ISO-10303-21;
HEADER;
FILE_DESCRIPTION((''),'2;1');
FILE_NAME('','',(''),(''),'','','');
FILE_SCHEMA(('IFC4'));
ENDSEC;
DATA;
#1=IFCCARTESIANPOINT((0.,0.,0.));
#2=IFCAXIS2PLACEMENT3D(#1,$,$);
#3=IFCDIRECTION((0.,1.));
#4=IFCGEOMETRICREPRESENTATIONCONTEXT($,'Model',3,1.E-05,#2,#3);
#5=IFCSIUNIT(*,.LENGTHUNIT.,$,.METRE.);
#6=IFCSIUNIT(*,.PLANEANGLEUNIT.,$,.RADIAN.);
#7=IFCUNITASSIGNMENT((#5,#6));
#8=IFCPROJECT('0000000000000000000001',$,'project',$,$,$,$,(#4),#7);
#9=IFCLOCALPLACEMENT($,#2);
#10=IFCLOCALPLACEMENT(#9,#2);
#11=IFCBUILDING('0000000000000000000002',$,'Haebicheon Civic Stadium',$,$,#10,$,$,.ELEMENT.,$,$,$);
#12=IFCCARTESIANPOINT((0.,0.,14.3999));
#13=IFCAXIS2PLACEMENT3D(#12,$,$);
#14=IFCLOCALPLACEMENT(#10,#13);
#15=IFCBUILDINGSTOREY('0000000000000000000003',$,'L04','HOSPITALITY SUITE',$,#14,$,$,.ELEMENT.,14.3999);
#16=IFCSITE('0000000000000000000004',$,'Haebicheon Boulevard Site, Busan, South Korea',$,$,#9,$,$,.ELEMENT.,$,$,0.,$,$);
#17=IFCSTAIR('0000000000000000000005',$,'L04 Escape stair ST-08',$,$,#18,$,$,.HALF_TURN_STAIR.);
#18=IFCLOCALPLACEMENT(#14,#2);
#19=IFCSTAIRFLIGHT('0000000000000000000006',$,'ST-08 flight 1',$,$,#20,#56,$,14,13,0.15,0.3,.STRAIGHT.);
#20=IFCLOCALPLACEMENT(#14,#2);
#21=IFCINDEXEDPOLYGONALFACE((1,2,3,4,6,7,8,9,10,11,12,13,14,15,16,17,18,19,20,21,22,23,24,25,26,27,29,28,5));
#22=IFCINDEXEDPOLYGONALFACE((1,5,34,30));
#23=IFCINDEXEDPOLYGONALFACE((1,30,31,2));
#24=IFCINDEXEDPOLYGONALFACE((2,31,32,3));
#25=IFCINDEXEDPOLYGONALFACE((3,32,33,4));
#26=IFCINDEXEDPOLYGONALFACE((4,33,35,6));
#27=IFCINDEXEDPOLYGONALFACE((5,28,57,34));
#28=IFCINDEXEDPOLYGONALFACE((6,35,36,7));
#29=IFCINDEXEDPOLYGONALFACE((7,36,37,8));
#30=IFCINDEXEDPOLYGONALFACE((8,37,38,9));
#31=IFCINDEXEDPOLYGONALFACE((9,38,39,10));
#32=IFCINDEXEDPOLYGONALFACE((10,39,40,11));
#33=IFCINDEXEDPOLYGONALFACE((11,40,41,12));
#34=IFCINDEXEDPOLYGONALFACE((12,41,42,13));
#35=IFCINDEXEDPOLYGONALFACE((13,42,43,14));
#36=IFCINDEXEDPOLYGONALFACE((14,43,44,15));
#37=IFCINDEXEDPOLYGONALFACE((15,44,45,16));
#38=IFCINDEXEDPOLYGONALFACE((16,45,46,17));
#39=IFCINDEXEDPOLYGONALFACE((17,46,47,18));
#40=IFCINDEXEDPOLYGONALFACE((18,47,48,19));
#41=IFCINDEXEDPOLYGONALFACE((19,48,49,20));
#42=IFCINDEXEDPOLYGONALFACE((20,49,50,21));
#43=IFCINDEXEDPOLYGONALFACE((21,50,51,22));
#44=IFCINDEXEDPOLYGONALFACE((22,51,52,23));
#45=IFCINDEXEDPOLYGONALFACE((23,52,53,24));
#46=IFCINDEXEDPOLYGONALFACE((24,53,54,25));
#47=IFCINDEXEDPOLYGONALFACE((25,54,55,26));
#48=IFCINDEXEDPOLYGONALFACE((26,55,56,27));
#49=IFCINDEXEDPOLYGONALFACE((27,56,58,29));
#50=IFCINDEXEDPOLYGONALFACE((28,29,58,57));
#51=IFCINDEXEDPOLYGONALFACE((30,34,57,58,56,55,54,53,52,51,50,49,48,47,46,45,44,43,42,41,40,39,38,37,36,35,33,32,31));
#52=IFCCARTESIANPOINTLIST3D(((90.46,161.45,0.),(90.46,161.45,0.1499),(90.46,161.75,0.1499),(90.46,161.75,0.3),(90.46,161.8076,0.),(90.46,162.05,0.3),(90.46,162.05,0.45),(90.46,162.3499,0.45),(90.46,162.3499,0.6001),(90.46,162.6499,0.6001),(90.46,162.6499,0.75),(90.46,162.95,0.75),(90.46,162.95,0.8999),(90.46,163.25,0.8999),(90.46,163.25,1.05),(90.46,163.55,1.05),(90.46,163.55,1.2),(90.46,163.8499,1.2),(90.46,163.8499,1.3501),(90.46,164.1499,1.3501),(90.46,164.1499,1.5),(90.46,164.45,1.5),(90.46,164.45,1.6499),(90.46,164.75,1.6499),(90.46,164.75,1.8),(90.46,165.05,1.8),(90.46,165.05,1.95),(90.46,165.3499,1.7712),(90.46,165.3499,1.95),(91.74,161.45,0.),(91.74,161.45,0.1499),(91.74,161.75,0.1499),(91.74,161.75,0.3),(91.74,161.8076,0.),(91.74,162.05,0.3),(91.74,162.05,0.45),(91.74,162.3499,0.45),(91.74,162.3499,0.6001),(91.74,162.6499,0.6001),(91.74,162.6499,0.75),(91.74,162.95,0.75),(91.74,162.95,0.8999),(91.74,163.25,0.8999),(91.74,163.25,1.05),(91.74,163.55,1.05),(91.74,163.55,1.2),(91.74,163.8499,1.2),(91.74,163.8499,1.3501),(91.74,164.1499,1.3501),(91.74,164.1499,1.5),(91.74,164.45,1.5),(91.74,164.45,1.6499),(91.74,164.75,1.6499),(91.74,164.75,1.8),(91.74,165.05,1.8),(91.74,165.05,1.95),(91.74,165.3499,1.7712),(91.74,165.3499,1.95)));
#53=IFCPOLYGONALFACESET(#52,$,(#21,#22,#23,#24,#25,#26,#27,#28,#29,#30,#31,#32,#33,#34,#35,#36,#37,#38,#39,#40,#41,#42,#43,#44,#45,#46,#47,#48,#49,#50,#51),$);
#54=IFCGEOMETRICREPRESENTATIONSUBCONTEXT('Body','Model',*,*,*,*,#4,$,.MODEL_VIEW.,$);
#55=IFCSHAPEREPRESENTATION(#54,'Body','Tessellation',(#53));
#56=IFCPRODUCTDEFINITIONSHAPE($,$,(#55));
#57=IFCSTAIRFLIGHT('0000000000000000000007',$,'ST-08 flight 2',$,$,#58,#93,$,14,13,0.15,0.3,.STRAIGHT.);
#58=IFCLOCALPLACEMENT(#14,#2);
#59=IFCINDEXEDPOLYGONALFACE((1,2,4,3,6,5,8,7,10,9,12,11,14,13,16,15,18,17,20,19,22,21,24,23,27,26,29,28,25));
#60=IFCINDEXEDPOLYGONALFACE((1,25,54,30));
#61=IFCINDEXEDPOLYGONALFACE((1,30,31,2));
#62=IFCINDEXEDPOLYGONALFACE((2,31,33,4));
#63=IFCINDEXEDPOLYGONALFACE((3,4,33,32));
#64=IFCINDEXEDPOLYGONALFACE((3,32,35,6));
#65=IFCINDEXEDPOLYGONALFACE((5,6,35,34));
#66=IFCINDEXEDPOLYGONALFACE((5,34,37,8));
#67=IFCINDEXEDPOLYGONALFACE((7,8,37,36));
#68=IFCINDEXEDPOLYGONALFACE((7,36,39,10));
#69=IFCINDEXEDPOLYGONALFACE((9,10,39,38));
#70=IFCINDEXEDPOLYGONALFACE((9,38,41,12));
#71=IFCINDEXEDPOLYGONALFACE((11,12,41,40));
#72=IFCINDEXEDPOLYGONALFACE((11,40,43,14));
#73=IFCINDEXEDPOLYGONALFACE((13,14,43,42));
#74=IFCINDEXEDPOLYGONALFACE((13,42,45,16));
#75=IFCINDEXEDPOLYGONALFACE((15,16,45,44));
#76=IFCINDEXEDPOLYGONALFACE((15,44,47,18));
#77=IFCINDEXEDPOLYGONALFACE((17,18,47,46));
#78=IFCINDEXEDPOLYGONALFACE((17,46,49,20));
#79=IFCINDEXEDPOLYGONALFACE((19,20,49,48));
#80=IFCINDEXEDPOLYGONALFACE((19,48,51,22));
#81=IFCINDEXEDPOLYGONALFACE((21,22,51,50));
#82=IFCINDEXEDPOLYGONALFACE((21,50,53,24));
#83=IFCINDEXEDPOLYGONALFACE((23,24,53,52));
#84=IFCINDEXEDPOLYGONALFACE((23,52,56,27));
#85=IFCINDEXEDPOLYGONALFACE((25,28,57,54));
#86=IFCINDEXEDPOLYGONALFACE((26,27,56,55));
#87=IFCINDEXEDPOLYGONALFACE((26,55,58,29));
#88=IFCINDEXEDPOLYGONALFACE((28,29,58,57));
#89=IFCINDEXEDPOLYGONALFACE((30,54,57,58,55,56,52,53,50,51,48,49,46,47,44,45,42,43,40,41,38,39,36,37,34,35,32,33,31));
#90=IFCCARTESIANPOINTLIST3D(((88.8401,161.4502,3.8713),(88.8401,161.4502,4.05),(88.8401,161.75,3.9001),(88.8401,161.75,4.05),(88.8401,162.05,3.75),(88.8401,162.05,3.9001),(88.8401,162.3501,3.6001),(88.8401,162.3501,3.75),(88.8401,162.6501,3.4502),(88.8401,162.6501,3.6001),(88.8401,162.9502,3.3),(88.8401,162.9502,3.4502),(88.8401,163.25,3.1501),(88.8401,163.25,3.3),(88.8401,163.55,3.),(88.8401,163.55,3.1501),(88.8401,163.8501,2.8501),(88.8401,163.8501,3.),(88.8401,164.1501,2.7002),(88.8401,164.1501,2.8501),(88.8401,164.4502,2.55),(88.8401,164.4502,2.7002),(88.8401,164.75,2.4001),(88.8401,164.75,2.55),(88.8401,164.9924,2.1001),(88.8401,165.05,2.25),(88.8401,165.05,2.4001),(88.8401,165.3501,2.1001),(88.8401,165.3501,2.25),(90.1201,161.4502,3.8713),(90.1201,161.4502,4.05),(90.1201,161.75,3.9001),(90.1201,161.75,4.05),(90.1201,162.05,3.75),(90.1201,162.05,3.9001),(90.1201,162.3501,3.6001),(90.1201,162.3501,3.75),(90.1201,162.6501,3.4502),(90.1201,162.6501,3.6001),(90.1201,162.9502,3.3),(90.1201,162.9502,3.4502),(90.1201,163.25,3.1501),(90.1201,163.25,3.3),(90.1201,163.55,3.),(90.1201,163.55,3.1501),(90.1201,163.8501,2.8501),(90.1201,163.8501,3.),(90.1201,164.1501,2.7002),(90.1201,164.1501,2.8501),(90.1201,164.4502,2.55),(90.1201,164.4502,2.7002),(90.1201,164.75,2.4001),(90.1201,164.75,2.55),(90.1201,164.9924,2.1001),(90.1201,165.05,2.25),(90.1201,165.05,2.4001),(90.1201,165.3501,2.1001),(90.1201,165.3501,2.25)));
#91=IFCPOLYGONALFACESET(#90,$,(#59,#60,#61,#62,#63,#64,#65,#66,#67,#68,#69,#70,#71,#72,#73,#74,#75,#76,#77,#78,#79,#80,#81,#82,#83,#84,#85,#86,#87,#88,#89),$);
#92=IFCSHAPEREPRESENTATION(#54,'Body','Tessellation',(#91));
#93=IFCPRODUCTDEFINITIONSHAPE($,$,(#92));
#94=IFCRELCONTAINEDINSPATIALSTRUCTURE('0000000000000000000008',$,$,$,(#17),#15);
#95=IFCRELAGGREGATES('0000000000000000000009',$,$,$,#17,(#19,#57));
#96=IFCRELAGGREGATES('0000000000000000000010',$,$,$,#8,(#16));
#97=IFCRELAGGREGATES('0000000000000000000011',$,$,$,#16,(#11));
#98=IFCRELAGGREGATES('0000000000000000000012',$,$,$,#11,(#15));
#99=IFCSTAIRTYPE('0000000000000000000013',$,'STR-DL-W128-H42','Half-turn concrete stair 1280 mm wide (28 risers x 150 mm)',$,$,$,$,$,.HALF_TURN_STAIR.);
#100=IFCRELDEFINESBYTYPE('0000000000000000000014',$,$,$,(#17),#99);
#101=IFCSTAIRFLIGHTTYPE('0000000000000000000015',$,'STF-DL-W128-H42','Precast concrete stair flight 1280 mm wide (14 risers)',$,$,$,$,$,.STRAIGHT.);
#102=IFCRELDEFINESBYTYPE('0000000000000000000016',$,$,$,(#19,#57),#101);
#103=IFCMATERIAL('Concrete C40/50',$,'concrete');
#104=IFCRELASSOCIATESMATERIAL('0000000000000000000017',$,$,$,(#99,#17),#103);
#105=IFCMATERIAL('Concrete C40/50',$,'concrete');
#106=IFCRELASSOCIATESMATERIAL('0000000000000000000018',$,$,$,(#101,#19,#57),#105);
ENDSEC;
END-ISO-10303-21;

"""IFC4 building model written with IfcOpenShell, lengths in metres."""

from ifc_helpers import new_model, si_unit, direction, frame, origin, place, context, subcontext, project, spatial, polyline, outline, extrude, material, type_object, element, aggregate, save


model = new_model("IFC4")

# Units and contexts
model_context = context("Model", 3, precision=1e-05, world=origin(), true_north=direction((0.0, 1.0)))
body_context = subcontext(model_context, "Body", "Model", "MODEL_VIEW")
ifc_project = project(units=[si_unit("LENGTHUNIT", "METRE"), si_unit("PLANEANGLEUNIT", "RADIAN")], contexts=[model_context])

# Site, building, storey
site_placement = place(None, origin())
site = spatial("IfcSite", under=ifc_project, at=site_placement, Name="Haebicheon Boulevard Site, Busan, South Korea", CompositionType="ELEMENT", RefElevation=0.0)
building_placement = place(site_placement, origin())
building = spatial("IfcBuilding", under=site, at=building_placement, Name="Haebicheon Civic Stadium", CompositionType="ELEMENT")
storey_placement = place(building_placement, frame((0.0, 0.0, 14.3999)))
storey = spatial("IfcBuildingStorey", under=building, at=storey_placement, Name="L04", Description="HOSPITALITY SUITE", CompositionType="ELEMENT", Elevation=14.3999)

# Stair, stair flights
ifc_material_1 = material(Name="Concrete C40/50", Category="concrete")
stair_type = type_object("IfcStairType", Name="STR-DL-W128-H42", Description="Half-turn concrete stair 1280 mm wide (28 risers x 150 mm)", PredefinedType="HALF_TURN_STAIR", material=ifc_material_1)
stair_placement = place(storey_placement, origin())
stair = element("IfcStair", 1, at=stair_placement, inside=storey, type_object=stair_type, material=ifc_material_1, Name="L04 Escape stair ST-08", PredefinedType="HALF_TURN_STAIR")
ifc_material_2 = material(Name="Concrete C40/50", Category="concrete")
stair_flight_type = type_object("IfcStairFlightType", Name="STF-DL-W128-H42", Description="Precast concrete stair flight 1280 mm wide (14 risers)", PredefinedType="STRAIGHT", material=ifc_material_2)
stair_flight_1_placement = place(storey_placement, frame((91.1001, 161.45, 0.0), z_axis=(0.0, 0.0, 1.0), x_axis=(0.0, 1.0, 0.0)))
stair_flight_1 = element("IfcStairFlight", 2, at=stair_flight_1_placement, type_object=stair_flight_type, material=ifc_material_2, Name="ST-08 flight 1", NumberOfRisers=14, NumberOfTreads=13, PredefinedType="STRAIGHT", RiserHeight=0.15, TreadLength=0.3, context=body_context, shape_type="SweptSolid", body=[
    extrude(outline(polyline([(0.0, 0.0), (0.0, 0.1499), (0.3, 0.1499), (0.3, 0.3), (0.6001, 0.3), (0.6001, 0.45), (0.8999, 0.45), (0.8999, 0.6001), (1.2, 0.6001), (1.2, 0.75), (1.5, 0.75), (1.5, 0.8999), (1.8, 0.8999), (1.8, 1.05), (2.1001, 1.05), (2.1001, 1.2), (2.3999, 1.2), (2.3999, 1.3501), (2.7, 1.3501), (2.7, 1.5), (3.0, 1.5), (3.0, 1.6499), (3.3, 1.6499), (3.3, 1.8), (3.6001, 1.8), (3.6001, 1.95), (3.8999, 1.95), (3.8999, 2.1001), (3.8999, 1.7712), (0.3577, 0.0), (0.0, 0.0)])), frame((0.0, 0.6401, 0.0), z_axis=(0.0, -1.0, 0.0), x_axis=(1.0, 0.0, 0.0)), (0.0, 0.0, 1.0), 1.28),
])
stair_flight_2_placement = place(storey_placement, frame((89.48, 165.3501, 2.1001), z_axis=(0.0, 0.0, 1.0), x_axis=(0.0, -1.0, 0.0)))
stair_flight_2 = element("IfcStairFlight", 3, at=stair_flight_2_placement, type_object=stair_flight_type, material=ifc_material_2, Name="ST-08 flight 2", NumberOfRisers=14, NumberOfTreads=13, PredefinedType="STRAIGHT", RiserHeight=0.15, TreadLength=0.3, context=body_context, shape_type="SweptSolid", body=[
    extrude(outline(polyline([(0.0, 0.0), (0.0, 0.1499), (0.3, 0.1499), (0.3, 0.3), (0.6001, 0.3), (0.6001, 0.45), (0.8999, 0.45), (0.8999, 0.6001), (1.2, 0.6001), (1.2, 0.75), (1.5, 0.75), (1.5, 0.8999), (1.8, 0.8999), (1.8, 1.05), (2.1001, 1.05), (2.1001, 1.2), (2.3999, 1.2), (2.3999, 1.3501), (2.7, 1.3501), (2.7, 1.5), (3.0, 1.5), (3.0, 1.6499), (3.3, 1.6499), (3.3, 1.8), (3.6001, 1.8), (3.6001, 1.95), (3.8999, 1.95), (3.8999, 2.1001), (3.8999, 1.7712), (0.3577, 0.0), (0.0, 0.0)])), frame((0.0, 0.6401, 0.0), z_axis=(0.0, -1.0, 0.0), x_axis=(1.0, 0.0, 0.0)), (0.0, 0.0, 1.0), 1.28),
])
aggregate(stair, [stair_flight_1, stair_flight_2])

save(model, "model.ifc")
